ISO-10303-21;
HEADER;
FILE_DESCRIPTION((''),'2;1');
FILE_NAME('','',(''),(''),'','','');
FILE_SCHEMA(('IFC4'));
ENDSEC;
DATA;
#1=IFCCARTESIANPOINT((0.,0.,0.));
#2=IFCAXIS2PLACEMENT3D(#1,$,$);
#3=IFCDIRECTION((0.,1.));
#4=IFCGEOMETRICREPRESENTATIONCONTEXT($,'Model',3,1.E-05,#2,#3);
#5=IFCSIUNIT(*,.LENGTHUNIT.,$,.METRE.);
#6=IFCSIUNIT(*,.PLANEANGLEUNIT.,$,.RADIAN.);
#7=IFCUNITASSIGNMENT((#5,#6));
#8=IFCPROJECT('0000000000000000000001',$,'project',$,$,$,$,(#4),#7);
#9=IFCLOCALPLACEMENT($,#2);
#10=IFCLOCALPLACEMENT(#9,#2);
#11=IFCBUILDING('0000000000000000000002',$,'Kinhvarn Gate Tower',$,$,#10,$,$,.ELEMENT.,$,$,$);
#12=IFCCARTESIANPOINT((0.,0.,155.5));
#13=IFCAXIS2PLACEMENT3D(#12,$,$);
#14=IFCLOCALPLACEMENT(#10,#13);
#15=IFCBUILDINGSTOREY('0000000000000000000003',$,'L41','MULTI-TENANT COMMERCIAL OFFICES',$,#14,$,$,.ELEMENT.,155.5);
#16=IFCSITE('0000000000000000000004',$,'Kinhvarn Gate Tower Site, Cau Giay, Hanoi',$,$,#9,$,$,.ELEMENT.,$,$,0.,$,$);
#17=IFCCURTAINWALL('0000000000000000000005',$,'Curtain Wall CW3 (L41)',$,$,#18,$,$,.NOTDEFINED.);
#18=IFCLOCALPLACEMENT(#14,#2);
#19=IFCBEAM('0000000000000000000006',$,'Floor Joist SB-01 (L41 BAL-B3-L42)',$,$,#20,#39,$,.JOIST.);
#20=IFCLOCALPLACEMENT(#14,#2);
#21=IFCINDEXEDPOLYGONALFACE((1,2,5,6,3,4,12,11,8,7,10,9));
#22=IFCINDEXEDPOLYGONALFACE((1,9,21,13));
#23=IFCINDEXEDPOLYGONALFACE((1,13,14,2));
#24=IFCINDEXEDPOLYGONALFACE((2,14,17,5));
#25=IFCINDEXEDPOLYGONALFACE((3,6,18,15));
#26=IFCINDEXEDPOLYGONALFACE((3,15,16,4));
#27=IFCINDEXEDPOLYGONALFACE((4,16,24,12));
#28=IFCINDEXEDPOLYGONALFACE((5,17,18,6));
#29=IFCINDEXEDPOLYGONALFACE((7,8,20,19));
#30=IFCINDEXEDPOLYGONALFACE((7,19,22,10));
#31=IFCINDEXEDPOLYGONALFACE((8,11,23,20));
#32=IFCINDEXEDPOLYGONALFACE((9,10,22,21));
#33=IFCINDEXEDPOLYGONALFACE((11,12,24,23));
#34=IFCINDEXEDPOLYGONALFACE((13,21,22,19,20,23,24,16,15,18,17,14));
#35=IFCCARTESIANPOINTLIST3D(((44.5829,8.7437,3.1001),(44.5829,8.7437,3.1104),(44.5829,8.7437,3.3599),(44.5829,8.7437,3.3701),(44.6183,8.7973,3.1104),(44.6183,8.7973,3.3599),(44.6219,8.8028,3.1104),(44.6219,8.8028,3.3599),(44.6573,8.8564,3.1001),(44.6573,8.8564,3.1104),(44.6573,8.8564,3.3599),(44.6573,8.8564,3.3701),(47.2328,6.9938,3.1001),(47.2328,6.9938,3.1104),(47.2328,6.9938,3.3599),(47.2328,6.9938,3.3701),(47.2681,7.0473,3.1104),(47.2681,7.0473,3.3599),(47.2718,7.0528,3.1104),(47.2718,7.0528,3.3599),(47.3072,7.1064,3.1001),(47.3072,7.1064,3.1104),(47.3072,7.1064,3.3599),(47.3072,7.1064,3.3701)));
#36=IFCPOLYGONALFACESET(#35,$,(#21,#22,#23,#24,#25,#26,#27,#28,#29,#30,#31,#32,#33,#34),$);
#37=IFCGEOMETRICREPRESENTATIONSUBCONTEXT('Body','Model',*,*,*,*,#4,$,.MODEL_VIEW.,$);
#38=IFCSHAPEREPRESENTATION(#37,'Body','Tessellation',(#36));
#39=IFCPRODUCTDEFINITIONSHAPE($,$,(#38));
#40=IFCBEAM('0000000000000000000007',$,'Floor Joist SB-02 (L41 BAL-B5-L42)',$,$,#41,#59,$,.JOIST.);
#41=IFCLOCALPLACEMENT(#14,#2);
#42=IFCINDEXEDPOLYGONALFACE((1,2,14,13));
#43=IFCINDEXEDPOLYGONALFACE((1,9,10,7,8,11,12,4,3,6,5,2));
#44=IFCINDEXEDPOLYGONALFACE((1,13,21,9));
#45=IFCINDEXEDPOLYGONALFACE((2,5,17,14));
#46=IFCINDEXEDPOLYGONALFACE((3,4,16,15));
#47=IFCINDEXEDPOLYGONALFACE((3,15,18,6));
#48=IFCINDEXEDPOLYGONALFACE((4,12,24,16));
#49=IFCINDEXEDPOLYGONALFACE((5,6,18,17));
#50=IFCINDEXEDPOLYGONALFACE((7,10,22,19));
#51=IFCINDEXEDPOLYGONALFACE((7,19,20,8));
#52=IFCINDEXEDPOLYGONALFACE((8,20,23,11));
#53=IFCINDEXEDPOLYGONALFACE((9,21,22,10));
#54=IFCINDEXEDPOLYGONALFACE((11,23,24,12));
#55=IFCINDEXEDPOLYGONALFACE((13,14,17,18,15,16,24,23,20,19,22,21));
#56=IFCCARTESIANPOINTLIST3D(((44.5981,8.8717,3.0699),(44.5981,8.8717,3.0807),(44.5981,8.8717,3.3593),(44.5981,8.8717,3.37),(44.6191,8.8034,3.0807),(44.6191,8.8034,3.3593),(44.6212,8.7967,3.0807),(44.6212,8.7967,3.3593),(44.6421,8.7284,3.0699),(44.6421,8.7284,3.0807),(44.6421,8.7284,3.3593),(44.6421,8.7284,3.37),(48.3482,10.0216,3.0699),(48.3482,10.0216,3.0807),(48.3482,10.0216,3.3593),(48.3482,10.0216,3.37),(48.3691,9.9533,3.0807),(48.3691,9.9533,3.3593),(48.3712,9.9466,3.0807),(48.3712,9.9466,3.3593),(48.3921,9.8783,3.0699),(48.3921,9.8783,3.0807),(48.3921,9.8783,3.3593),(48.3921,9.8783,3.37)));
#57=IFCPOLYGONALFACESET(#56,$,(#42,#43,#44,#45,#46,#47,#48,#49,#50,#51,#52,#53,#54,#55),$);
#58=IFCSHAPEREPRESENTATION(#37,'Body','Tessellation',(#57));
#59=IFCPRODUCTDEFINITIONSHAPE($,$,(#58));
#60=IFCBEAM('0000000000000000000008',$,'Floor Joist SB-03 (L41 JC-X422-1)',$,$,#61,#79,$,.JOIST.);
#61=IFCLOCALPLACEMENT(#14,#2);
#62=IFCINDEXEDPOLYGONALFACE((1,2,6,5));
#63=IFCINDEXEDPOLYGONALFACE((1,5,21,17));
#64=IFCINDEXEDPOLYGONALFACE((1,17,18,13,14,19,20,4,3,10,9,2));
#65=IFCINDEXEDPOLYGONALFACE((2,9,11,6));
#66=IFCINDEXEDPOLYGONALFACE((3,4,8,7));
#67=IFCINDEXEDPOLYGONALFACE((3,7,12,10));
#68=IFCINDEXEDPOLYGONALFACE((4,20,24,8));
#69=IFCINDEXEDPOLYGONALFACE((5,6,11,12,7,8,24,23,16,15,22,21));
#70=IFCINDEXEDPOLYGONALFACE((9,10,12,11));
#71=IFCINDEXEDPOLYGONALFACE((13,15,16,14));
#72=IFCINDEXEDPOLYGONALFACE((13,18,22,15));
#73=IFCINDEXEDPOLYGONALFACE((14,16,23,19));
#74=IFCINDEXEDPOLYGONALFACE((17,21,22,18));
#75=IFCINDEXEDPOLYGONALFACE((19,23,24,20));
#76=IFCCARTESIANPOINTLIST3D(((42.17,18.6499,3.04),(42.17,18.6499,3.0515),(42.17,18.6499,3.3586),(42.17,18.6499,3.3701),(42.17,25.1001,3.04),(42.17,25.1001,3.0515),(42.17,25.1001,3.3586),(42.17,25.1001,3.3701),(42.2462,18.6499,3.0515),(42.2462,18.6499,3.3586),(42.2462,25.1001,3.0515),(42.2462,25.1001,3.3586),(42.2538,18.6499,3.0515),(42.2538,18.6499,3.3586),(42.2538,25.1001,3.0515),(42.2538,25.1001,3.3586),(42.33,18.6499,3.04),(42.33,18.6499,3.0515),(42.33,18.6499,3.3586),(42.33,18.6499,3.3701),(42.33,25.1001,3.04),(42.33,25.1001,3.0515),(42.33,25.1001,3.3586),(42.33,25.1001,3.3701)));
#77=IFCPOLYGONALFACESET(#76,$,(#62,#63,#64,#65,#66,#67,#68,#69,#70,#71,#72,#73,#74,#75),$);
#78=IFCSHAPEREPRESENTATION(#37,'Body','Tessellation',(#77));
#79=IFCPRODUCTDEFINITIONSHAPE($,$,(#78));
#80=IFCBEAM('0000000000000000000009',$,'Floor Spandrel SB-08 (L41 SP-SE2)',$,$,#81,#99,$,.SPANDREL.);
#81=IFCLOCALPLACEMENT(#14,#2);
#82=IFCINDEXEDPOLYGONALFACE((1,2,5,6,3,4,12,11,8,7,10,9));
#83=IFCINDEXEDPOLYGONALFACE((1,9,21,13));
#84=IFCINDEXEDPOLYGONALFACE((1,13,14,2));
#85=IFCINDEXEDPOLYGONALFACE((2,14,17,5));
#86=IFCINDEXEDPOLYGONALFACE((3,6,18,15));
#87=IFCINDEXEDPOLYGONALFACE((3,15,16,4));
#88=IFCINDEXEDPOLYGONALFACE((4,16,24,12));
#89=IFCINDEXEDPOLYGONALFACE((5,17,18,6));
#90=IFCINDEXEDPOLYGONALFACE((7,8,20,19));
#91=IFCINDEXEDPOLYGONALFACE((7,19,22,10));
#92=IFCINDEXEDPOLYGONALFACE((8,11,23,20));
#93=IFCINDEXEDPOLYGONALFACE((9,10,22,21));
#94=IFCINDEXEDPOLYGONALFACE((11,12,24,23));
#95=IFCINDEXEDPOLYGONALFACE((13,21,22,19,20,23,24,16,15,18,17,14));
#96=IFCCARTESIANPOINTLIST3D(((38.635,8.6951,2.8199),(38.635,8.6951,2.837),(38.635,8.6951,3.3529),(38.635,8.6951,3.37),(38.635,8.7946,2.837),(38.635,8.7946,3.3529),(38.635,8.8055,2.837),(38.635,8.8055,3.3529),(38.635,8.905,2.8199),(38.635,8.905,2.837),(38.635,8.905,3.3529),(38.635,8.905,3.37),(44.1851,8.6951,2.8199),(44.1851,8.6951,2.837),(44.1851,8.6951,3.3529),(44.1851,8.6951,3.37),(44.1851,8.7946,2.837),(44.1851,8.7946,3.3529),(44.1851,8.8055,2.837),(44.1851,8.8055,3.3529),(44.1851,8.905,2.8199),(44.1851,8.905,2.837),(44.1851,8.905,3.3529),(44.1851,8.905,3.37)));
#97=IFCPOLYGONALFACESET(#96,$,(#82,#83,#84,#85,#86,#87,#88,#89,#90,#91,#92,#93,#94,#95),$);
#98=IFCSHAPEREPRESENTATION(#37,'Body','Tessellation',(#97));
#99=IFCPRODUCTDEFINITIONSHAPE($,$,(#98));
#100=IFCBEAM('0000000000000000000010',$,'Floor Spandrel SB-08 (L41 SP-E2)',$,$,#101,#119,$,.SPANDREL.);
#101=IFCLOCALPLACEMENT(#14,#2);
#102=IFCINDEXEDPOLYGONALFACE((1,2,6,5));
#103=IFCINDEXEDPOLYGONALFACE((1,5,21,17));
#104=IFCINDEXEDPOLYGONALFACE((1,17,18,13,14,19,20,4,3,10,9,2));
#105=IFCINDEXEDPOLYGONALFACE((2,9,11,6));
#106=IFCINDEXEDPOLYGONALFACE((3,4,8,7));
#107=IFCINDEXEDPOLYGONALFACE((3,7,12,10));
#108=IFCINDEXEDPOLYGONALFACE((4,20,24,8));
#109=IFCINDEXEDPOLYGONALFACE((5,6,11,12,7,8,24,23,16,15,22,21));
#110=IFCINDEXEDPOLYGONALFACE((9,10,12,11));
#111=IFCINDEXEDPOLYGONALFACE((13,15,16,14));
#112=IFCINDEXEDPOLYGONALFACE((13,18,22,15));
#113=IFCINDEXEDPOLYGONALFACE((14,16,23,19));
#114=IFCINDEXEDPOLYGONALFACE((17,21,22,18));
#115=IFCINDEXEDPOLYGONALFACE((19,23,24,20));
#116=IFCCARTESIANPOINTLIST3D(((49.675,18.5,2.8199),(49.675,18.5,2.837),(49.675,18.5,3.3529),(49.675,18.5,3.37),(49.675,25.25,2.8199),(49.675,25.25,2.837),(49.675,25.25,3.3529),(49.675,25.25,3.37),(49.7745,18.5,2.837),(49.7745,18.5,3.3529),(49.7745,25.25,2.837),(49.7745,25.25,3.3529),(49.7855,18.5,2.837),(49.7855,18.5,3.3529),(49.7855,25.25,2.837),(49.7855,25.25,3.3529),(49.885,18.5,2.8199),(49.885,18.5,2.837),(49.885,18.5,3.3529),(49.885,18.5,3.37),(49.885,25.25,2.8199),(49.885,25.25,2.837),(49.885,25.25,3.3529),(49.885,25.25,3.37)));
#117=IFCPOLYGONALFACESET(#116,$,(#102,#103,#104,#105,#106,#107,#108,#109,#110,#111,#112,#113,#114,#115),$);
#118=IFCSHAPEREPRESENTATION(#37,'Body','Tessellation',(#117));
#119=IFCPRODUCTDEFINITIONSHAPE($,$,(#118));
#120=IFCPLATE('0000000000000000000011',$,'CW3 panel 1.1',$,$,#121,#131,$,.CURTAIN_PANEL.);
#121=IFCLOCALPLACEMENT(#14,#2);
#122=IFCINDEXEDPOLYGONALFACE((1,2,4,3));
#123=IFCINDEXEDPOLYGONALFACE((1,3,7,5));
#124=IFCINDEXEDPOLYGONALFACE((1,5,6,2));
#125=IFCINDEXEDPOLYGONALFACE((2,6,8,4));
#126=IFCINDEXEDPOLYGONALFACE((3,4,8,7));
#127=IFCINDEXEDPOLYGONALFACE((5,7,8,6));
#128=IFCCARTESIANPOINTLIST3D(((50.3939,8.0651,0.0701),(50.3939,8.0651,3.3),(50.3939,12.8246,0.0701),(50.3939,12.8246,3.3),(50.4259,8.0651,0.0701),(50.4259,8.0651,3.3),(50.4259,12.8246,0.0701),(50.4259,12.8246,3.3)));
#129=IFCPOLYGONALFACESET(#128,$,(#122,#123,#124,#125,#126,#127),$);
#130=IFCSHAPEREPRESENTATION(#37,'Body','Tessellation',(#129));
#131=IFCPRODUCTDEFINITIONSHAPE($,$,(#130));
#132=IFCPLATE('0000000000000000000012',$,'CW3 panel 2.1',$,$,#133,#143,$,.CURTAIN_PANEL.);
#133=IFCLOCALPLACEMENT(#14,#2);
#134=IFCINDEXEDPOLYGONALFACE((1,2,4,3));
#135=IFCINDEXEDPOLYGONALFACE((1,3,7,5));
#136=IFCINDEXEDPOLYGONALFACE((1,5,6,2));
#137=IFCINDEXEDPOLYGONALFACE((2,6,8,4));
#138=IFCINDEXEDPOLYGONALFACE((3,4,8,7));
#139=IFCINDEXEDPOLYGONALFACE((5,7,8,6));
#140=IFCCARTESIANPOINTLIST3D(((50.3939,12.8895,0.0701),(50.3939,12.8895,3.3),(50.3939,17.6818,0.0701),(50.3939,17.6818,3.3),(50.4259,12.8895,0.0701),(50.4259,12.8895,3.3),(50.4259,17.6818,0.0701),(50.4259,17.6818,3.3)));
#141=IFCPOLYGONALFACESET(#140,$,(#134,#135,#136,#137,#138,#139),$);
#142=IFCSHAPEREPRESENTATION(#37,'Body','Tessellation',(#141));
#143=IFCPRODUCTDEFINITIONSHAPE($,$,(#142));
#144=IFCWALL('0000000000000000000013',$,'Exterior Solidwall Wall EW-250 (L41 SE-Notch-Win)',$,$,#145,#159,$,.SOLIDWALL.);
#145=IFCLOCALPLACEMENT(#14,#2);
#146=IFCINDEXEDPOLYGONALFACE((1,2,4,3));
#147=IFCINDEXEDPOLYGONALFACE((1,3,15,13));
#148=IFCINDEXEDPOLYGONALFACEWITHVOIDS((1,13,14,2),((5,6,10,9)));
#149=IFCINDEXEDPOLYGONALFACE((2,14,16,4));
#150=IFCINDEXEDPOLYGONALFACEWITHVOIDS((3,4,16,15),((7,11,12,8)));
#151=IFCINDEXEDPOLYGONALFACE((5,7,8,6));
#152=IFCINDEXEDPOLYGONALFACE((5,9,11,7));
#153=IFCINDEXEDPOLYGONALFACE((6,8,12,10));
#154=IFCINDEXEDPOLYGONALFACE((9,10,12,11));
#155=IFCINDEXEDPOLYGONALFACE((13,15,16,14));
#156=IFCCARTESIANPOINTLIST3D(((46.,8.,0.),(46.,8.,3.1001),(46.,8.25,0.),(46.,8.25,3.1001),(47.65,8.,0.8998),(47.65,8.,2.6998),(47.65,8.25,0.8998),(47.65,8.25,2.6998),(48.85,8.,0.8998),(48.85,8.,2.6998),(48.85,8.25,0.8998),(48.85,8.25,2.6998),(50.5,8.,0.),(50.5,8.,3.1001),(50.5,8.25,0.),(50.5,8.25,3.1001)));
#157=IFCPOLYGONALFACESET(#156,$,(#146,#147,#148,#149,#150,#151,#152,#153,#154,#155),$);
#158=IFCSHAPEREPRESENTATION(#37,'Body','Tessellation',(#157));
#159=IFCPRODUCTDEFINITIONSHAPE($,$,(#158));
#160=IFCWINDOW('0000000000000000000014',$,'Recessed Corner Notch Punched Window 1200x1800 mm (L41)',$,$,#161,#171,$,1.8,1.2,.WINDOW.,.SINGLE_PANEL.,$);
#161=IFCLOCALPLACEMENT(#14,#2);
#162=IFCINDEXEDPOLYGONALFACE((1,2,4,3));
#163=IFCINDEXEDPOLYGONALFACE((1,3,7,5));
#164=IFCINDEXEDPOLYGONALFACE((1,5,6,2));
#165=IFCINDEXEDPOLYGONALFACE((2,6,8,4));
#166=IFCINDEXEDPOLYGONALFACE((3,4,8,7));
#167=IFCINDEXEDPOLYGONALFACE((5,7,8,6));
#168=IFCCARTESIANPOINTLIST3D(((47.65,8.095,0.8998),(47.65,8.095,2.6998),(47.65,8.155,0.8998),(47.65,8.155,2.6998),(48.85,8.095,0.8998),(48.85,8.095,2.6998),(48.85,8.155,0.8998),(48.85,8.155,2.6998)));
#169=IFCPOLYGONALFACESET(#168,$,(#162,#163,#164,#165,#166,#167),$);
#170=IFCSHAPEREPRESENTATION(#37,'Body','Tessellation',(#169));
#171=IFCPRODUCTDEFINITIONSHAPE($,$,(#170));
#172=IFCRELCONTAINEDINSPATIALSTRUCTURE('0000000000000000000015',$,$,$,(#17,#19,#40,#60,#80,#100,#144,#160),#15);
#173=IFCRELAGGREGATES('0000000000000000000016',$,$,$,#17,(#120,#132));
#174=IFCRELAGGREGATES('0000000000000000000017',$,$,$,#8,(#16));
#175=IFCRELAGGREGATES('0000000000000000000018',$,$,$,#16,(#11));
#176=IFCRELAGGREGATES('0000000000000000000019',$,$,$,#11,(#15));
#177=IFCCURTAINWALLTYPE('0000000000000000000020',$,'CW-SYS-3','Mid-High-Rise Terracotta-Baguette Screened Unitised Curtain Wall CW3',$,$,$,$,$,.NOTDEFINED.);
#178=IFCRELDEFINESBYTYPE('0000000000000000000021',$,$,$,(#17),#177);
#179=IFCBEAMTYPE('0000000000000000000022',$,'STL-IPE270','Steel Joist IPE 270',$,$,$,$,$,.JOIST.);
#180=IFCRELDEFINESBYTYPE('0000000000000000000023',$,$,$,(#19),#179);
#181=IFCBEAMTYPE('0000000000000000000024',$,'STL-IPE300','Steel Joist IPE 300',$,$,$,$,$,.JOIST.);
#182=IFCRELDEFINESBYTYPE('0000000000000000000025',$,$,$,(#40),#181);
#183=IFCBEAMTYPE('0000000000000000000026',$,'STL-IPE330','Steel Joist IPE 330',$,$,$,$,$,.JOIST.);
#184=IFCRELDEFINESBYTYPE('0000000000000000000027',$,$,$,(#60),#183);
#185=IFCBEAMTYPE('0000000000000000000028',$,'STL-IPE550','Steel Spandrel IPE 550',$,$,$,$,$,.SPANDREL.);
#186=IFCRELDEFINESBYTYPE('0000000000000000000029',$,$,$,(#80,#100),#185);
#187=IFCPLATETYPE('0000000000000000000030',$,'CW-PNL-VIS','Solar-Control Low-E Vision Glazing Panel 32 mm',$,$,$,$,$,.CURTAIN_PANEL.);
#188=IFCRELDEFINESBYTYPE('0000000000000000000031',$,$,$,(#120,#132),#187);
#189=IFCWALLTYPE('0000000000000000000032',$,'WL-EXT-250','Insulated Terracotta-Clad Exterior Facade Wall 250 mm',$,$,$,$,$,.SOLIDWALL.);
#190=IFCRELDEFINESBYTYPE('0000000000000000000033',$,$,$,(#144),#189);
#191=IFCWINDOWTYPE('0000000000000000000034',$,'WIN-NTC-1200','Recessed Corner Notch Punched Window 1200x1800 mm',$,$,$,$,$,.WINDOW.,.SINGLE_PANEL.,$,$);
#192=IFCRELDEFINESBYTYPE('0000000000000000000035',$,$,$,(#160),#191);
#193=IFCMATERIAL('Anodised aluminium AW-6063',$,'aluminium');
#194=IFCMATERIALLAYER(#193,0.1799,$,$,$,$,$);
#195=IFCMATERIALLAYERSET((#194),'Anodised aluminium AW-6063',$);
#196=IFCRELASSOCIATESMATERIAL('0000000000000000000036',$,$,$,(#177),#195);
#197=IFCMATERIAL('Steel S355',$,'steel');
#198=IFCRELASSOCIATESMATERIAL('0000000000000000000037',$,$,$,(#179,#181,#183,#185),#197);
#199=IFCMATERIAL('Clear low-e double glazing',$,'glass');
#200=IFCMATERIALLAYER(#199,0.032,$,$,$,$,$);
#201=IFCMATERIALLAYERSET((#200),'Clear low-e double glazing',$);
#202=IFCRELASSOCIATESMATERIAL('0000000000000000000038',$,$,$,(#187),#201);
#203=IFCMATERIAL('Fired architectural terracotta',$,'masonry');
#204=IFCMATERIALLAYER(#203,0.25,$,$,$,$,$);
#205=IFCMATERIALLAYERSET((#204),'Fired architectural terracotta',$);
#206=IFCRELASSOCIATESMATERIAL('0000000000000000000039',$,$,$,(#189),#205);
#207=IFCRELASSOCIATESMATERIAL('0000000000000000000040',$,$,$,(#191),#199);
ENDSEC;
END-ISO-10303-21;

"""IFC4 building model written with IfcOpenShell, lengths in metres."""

from ifc_helpers import new_model, si_unit, direction, frame, frame_2d, origin, origin_2d, place, context, subcontext, project, spatial, rectangle, i_section, extrude, material, layer, layer_set, material_profile, profile_set, type_object, element, fill, aggregate, save


model = new_model("IFC4")

# Units and contexts
model_context = context("Model", 3, precision=1e-05, world=origin(), true_north=direction((0.0, 1.0)))
body_context = subcontext(model_context, "Body", "Model", "MODEL_VIEW")
ifc_project = project(units=[si_unit("LENGTHUNIT", "METRE"), si_unit("PLANEANGLEUNIT", "RADIAN")], contexts=[model_context])

# Site, building, storey
site_placement = place(None, origin())
site = spatial("IfcSite", under=ifc_project, at=site_placement, Name="Kinhvarn Gate Tower Site, Cau Giay, Hanoi", CompositionType="ELEMENT", RefElevation=0.0)
building_placement = place(site_placement, origin())
building = spatial("IfcBuilding", under=site, at=building_placement, Name="Kinhvarn Gate Tower", CompositionType="ELEMENT")
storey_placement = place(building_placement, frame((0.0, 0.0, 155.5)))
storey = spatial("IfcBuildingStorey", under=building, at=storey_placement, Name="L41", Description="MULTI-TENANT COMMERCIAL OFFICES", CompositionType="ELEMENT", Elevation=155.5)

# Curtain wall
ifc_material_1 = material(Name="Anodised aluminium AW-6063", Category="aluminium")
ifc_layer_1 = layer(ifc_material_1, 0.1799)
ifc_layer_set_1 = layer_set([ifc_layer_1], Name="Anodised aluminium AW-6063")
curtain_wall_type = type_object("IfcCurtainWallType", Name="CW-SYS-3", Description="Mid-High-Rise Terracotta-Baguette Screened Unitised Curtain Wall CW3", PredefinedType="NOTDEFINED", material=ifc_layer_set_1)
curtain_wall_placement = place(storey_placement, origin())
curtain_wall = element("IfcCurtainWall", 1, at=curtain_wall_placement, inside=storey, type_object=curtain_wall_type, Name="Curtain Wall CW3 (L41)", PredefinedType="NOTDEFINED")

# Beams
ifc_material_2 = material(Name="Steel S355", Category="steel")
ifc_material_profile_1 = material_profile(ifc_material_2, i_section(OverallWidth=0.135, OverallDepth=0.27, WebThickness=0.0066, FlangeThickness=0.0103, at=origin_2d()), Name="IPE 270")
ifc_profile_set_1 = profile_set([ifc_material_profile_1], Name="Steel S355")
beam_type_1 = type_object("IfcBeamType", Name="STL-IPE270", Description="Steel Joist IPE 270", PredefinedType="JOIST", material=ifc_profile_set_1)
beam_1_placement = place(storey_placement, frame((44.6201, 8.8, 3.2351), z_axis=(0.834455, -0.551076, 0.0), x_axis=(0.551076, 0.834455, 0.0)))
element("IfcBeam", 2, at=beam_1_placement, inside=storey, type_object=beam_type_1, Name="Floor Joist SB-01 (L41 BAL-B3-L42)", PredefinedType="JOIST", context=body_context, shape_type="SweptSolid", body=[
    extrude(i_section(OverallWidth=0.135, OverallDepth=0.27, WebThickness=0.0066, FlangeThickness=0.0103, at=origin_2d()), origin(), (0.0, 0.0, 1.0), 3.1755),
])
ifc_material_profile_2 = material_profile(ifc_material_2, i_section(OverallWidth=0.1499, OverallDepth=0.3, WebThickness=0.0071, FlangeThickness=0.0107, at=origin_2d()), Name="IPE 300")
ifc_profile_set_2 = profile_set([ifc_material_profile_2], Name="Steel S355")
beam_type_2 = type_object("IfcBeamType", Name="STL-IPE300", Description="Steel Joist IPE 300", PredefinedType="JOIST", material=ifc_profile_set_2)
beam_2_placement = place(storey_placement, frame((44.6201, 8.8, 3.22), z_axis=(0.956061, 0.293167, 0.0), x_axis=(-0.293167, 0.956061, 0.0)))
element("IfcBeam", 3, at=beam_2_placement, inside=storey, type_object=beam_type_2, Name="Floor Joist SB-02 (L41 BAL-B5-L42)", PredefinedType="JOIST", context=body_context, shape_type="SweptSolid", body=[
    extrude(i_section(OverallWidth=0.1499, OverallDepth=0.3, WebThickness=0.0071, FlangeThickness=0.0107, at=origin_2d()), origin(), (0.0, 0.0, 1.0), 3.9224),
])
ifc_material_profile_3 = material_profile(ifc_material_2, i_section(OverallWidth=0.1599, OverallDepth=0.3301, WebThickness=0.0076, FlangeThickness=0.0115, at=origin_2d()), Name="IPE 330")
ifc_profile_set_3 = profile_set([ifc_material_profile_3], Name="Steel S355")
beam_type_3 = type_object("IfcBeamType", Name="STL-IPE330", Description="Steel Joist IPE 330", PredefinedType="JOIST", material=ifc_profile_set_3)
beam_3_placement = place(storey_placement, frame((42.25, 18.6499, 3.2051), z_axis=(0.0, 1.0, 0.0), x_axis=(-1.0, 0.0, 0.0)))
element("IfcBeam", 4, at=beam_3_placement, inside=storey, type_object=beam_type_3, Name="Floor Joist SB-03 (L41 JC-X422-1)", PredefinedType="JOIST", context=body_context, shape_type="SweptSolid", body=[
    extrude(i_section(OverallWidth=0.1599, OverallDepth=0.3301, WebThickness=0.0076, FlangeThickness=0.0115, at=origin_2d()), origin(), (0.0, 0.0, 1.0), 6.4502),
])
ifc_material_profile_4 = material_profile(ifc_material_2, i_section(OverallWidth=0.21, OverallDepth=0.55, WebThickness=0.011, FlangeThickness=0.0171, at=origin_2d()), Name="IPE 550")
ifc_profile_set_4 = profile_set([ifc_material_profile_4], Name="Steel S355")
beam_type_4 = type_object("IfcBeamType", Name="STL-IPE550", Description="Steel Spandrel IPE 550", PredefinedType="SPANDREL", material=ifc_profile_set_4)
beam_4_placement = place(storey_placement, frame((38.635, 8.8, 3.095), z_axis=(1.0, 0.0, 0.0), x_axis=(0.0, 1.0, 0.0)))
element("IfcBeam", 5, at=beam_4_placement, inside=storey, type_object=beam_type_4, Name="Floor Spandrel SB-08 (L41 SP-SE2)", PredefinedType="SPANDREL", context=body_context, shape_type="SweptSolid", body=[
    extrude(i_section(OverallWidth=0.21, OverallDepth=0.55, WebThickness=0.011, FlangeThickness=0.0171, at=origin_2d()), origin(), (0.0, 0.0, 1.0), 5.55),
])
beam_5_placement = place(storey_placement, frame((49.78, 18.5, 3.095), z_axis=(0.0, 1.0, 0.0), x_axis=(-1.0, 0.0, 0.0)))
element("IfcBeam", 6, at=beam_5_placement, inside=storey, type_object=beam_type_4, Name="Floor Spandrel SB-08 (L41 SP-E2)", PredefinedType="SPANDREL", context=body_context, shape_type="SweptSolid", body=[
    extrude(i_section(OverallWidth=0.21, OverallDepth=0.55, WebThickness=0.011, FlangeThickness=0.0171, at=origin_2d()), origin(), (0.0, 0.0, 1.0), 6.75),
])

# Plates
ifc_material_3 = material(Name="Clear low-e double glazing", Category="glass")
ifc_layer_2 = layer(ifc_material_3, 0.032)
ifc_layer_set_2 = layer_set([ifc_layer_2], Name="Clear low-e double glazing")
plate_type = type_object("IfcPlateType", Name="CW-PNL-VIS", Description="Solar-Control Low-E Vision Glazing Panel 32 mm", PredefinedType="CURTAIN_PANEL", material=ifc_layer_set_2)
plate_1_placement = place(storey_placement, frame((50.4099, 10.4448, 0.0701), z_axis=(0.0, 0.0, 1.0), x_axis=(0.0, 1.0, 0.0)))
plate_1 = element("IfcPlate", 7, at=plate_1_placement, type_object=plate_type, Name="CW3 panel 1.1", PredefinedType="CURTAIN_PANEL", context=body_context, shape_type="SweptSolid", body=[
    extrude(rectangle(XDim=4.7595, YDim=0.032, at=origin_2d()), origin(), (0.0, 0.0, 1.0), 3.23),
])
plate_2_placement = place(storey_placement, frame((50.4099, 15.2856, 0.0701), z_axis=(0.0, 0.0, 1.0), x_axis=(0.0, 1.0, 0.0)))
plate_2 = element("IfcPlate", 8, at=plate_2_placement, type_object=plate_type, Name="CW3 panel 2.1", PredefinedType="CURTAIN_PANEL", context=body_context, shape_type="SweptSolid", body=[
    extrude(rectangle(XDim=4.7922, YDim=0.032, at=origin_2d()), origin(), (0.0, 0.0, 1.0), 3.23),
])
aggregate(curtain_wall, [plate_1, plate_2])

# Wall, opening, window
ifc_material_4 = material(Name="Fired architectural terracotta", Category="masonry")
ifc_layer_3 = layer(ifc_material_4, 0.25)
ifc_layer_set_3 = layer_set([ifc_layer_3], Name="Fired architectural terracotta")
wall_type = type_object("IfcWallType", Name="WL-EXT-250", Description="Insulated Terracotta-Clad Exterior Facade Wall 250 mm", PredefinedType="SOLIDWALL", material=ifc_layer_set_3)
wall_placement = place(storey_placement, frame((46.0, 8.125, 0.0), z_axis=(0.0, 0.0, 1.0), x_axis=(1.0, 0.0, 0.0)))
wall = element("IfcWall", 9, at=wall_placement, inside=storey, type_object=wall_type, Name="Exterior Solidwall Wall EW-250 (L41 SE-Notch-Win)", PredefinedType="SOLIDWALL", context=body_context, shape_type="SweptSolid", body=[
    extrude(rectangle(XDim=4.5, YDim=0.25, at=frame_2d((2.25, 0.0))), origin(), (0.0, 0.0, 1.0), 3.1001),
])
opening_placement = place(wall_placement, frame((1.6499, 0.0, 0.8999)))
opening = element("IfcOpeningElement", 10, at=opening_placement, cuts=wall, PredefinedType="OPENING", context=body_context, shape_type="SweptSolid", body=[
    extrude(rectangle(XDim=1.2, YDim=1.8, at=frame_2d((0.6001, 0.8999))), frame((0.0, 0.135, 0.0), z_axis=(0.0, -1.0, 0.0), x_axis=(1.0, 0.0, 0.0)), (0.0, 0.0, 1.0), 0.27),
])
window_type = type_object("IfcWindowType", Name="WIN-NTC-1200", Description="Recessed Corner Notch Punched Window 1200x1800 mm", PartitioningType="SINGLE_PANEL", PredefinedType="WINDOW", material=ifc_material_3)
window_placement = place(opening_placement, origin())
window = element("IfcWindow", 11, at=window_placement, inside=storey, type_object=window_type, Name="Recessed Corner Notch Punched Window 1200x1800 mm (L41)", OverallHeight=1.8, OverallWidth=1.2, PartitioningType="SINGLE_PANEL", PredefinedType="WINDOW", context=body_context, shape_type="SweptSolid", body=[
    extrude(rectangle(XDim=1.2, YDim=1.8, at=frame_2d((0.6001, 0.8999))), frame((0.0, 0.03, 0.0), z_axis=(0.0, -1.0, 0.0), x_axis=(1.0, 0.0, 0.0)), (0.0, 0.0, 1.0), 0.0601),
])
fill(opening, window)

save(model, "model.ifc")
